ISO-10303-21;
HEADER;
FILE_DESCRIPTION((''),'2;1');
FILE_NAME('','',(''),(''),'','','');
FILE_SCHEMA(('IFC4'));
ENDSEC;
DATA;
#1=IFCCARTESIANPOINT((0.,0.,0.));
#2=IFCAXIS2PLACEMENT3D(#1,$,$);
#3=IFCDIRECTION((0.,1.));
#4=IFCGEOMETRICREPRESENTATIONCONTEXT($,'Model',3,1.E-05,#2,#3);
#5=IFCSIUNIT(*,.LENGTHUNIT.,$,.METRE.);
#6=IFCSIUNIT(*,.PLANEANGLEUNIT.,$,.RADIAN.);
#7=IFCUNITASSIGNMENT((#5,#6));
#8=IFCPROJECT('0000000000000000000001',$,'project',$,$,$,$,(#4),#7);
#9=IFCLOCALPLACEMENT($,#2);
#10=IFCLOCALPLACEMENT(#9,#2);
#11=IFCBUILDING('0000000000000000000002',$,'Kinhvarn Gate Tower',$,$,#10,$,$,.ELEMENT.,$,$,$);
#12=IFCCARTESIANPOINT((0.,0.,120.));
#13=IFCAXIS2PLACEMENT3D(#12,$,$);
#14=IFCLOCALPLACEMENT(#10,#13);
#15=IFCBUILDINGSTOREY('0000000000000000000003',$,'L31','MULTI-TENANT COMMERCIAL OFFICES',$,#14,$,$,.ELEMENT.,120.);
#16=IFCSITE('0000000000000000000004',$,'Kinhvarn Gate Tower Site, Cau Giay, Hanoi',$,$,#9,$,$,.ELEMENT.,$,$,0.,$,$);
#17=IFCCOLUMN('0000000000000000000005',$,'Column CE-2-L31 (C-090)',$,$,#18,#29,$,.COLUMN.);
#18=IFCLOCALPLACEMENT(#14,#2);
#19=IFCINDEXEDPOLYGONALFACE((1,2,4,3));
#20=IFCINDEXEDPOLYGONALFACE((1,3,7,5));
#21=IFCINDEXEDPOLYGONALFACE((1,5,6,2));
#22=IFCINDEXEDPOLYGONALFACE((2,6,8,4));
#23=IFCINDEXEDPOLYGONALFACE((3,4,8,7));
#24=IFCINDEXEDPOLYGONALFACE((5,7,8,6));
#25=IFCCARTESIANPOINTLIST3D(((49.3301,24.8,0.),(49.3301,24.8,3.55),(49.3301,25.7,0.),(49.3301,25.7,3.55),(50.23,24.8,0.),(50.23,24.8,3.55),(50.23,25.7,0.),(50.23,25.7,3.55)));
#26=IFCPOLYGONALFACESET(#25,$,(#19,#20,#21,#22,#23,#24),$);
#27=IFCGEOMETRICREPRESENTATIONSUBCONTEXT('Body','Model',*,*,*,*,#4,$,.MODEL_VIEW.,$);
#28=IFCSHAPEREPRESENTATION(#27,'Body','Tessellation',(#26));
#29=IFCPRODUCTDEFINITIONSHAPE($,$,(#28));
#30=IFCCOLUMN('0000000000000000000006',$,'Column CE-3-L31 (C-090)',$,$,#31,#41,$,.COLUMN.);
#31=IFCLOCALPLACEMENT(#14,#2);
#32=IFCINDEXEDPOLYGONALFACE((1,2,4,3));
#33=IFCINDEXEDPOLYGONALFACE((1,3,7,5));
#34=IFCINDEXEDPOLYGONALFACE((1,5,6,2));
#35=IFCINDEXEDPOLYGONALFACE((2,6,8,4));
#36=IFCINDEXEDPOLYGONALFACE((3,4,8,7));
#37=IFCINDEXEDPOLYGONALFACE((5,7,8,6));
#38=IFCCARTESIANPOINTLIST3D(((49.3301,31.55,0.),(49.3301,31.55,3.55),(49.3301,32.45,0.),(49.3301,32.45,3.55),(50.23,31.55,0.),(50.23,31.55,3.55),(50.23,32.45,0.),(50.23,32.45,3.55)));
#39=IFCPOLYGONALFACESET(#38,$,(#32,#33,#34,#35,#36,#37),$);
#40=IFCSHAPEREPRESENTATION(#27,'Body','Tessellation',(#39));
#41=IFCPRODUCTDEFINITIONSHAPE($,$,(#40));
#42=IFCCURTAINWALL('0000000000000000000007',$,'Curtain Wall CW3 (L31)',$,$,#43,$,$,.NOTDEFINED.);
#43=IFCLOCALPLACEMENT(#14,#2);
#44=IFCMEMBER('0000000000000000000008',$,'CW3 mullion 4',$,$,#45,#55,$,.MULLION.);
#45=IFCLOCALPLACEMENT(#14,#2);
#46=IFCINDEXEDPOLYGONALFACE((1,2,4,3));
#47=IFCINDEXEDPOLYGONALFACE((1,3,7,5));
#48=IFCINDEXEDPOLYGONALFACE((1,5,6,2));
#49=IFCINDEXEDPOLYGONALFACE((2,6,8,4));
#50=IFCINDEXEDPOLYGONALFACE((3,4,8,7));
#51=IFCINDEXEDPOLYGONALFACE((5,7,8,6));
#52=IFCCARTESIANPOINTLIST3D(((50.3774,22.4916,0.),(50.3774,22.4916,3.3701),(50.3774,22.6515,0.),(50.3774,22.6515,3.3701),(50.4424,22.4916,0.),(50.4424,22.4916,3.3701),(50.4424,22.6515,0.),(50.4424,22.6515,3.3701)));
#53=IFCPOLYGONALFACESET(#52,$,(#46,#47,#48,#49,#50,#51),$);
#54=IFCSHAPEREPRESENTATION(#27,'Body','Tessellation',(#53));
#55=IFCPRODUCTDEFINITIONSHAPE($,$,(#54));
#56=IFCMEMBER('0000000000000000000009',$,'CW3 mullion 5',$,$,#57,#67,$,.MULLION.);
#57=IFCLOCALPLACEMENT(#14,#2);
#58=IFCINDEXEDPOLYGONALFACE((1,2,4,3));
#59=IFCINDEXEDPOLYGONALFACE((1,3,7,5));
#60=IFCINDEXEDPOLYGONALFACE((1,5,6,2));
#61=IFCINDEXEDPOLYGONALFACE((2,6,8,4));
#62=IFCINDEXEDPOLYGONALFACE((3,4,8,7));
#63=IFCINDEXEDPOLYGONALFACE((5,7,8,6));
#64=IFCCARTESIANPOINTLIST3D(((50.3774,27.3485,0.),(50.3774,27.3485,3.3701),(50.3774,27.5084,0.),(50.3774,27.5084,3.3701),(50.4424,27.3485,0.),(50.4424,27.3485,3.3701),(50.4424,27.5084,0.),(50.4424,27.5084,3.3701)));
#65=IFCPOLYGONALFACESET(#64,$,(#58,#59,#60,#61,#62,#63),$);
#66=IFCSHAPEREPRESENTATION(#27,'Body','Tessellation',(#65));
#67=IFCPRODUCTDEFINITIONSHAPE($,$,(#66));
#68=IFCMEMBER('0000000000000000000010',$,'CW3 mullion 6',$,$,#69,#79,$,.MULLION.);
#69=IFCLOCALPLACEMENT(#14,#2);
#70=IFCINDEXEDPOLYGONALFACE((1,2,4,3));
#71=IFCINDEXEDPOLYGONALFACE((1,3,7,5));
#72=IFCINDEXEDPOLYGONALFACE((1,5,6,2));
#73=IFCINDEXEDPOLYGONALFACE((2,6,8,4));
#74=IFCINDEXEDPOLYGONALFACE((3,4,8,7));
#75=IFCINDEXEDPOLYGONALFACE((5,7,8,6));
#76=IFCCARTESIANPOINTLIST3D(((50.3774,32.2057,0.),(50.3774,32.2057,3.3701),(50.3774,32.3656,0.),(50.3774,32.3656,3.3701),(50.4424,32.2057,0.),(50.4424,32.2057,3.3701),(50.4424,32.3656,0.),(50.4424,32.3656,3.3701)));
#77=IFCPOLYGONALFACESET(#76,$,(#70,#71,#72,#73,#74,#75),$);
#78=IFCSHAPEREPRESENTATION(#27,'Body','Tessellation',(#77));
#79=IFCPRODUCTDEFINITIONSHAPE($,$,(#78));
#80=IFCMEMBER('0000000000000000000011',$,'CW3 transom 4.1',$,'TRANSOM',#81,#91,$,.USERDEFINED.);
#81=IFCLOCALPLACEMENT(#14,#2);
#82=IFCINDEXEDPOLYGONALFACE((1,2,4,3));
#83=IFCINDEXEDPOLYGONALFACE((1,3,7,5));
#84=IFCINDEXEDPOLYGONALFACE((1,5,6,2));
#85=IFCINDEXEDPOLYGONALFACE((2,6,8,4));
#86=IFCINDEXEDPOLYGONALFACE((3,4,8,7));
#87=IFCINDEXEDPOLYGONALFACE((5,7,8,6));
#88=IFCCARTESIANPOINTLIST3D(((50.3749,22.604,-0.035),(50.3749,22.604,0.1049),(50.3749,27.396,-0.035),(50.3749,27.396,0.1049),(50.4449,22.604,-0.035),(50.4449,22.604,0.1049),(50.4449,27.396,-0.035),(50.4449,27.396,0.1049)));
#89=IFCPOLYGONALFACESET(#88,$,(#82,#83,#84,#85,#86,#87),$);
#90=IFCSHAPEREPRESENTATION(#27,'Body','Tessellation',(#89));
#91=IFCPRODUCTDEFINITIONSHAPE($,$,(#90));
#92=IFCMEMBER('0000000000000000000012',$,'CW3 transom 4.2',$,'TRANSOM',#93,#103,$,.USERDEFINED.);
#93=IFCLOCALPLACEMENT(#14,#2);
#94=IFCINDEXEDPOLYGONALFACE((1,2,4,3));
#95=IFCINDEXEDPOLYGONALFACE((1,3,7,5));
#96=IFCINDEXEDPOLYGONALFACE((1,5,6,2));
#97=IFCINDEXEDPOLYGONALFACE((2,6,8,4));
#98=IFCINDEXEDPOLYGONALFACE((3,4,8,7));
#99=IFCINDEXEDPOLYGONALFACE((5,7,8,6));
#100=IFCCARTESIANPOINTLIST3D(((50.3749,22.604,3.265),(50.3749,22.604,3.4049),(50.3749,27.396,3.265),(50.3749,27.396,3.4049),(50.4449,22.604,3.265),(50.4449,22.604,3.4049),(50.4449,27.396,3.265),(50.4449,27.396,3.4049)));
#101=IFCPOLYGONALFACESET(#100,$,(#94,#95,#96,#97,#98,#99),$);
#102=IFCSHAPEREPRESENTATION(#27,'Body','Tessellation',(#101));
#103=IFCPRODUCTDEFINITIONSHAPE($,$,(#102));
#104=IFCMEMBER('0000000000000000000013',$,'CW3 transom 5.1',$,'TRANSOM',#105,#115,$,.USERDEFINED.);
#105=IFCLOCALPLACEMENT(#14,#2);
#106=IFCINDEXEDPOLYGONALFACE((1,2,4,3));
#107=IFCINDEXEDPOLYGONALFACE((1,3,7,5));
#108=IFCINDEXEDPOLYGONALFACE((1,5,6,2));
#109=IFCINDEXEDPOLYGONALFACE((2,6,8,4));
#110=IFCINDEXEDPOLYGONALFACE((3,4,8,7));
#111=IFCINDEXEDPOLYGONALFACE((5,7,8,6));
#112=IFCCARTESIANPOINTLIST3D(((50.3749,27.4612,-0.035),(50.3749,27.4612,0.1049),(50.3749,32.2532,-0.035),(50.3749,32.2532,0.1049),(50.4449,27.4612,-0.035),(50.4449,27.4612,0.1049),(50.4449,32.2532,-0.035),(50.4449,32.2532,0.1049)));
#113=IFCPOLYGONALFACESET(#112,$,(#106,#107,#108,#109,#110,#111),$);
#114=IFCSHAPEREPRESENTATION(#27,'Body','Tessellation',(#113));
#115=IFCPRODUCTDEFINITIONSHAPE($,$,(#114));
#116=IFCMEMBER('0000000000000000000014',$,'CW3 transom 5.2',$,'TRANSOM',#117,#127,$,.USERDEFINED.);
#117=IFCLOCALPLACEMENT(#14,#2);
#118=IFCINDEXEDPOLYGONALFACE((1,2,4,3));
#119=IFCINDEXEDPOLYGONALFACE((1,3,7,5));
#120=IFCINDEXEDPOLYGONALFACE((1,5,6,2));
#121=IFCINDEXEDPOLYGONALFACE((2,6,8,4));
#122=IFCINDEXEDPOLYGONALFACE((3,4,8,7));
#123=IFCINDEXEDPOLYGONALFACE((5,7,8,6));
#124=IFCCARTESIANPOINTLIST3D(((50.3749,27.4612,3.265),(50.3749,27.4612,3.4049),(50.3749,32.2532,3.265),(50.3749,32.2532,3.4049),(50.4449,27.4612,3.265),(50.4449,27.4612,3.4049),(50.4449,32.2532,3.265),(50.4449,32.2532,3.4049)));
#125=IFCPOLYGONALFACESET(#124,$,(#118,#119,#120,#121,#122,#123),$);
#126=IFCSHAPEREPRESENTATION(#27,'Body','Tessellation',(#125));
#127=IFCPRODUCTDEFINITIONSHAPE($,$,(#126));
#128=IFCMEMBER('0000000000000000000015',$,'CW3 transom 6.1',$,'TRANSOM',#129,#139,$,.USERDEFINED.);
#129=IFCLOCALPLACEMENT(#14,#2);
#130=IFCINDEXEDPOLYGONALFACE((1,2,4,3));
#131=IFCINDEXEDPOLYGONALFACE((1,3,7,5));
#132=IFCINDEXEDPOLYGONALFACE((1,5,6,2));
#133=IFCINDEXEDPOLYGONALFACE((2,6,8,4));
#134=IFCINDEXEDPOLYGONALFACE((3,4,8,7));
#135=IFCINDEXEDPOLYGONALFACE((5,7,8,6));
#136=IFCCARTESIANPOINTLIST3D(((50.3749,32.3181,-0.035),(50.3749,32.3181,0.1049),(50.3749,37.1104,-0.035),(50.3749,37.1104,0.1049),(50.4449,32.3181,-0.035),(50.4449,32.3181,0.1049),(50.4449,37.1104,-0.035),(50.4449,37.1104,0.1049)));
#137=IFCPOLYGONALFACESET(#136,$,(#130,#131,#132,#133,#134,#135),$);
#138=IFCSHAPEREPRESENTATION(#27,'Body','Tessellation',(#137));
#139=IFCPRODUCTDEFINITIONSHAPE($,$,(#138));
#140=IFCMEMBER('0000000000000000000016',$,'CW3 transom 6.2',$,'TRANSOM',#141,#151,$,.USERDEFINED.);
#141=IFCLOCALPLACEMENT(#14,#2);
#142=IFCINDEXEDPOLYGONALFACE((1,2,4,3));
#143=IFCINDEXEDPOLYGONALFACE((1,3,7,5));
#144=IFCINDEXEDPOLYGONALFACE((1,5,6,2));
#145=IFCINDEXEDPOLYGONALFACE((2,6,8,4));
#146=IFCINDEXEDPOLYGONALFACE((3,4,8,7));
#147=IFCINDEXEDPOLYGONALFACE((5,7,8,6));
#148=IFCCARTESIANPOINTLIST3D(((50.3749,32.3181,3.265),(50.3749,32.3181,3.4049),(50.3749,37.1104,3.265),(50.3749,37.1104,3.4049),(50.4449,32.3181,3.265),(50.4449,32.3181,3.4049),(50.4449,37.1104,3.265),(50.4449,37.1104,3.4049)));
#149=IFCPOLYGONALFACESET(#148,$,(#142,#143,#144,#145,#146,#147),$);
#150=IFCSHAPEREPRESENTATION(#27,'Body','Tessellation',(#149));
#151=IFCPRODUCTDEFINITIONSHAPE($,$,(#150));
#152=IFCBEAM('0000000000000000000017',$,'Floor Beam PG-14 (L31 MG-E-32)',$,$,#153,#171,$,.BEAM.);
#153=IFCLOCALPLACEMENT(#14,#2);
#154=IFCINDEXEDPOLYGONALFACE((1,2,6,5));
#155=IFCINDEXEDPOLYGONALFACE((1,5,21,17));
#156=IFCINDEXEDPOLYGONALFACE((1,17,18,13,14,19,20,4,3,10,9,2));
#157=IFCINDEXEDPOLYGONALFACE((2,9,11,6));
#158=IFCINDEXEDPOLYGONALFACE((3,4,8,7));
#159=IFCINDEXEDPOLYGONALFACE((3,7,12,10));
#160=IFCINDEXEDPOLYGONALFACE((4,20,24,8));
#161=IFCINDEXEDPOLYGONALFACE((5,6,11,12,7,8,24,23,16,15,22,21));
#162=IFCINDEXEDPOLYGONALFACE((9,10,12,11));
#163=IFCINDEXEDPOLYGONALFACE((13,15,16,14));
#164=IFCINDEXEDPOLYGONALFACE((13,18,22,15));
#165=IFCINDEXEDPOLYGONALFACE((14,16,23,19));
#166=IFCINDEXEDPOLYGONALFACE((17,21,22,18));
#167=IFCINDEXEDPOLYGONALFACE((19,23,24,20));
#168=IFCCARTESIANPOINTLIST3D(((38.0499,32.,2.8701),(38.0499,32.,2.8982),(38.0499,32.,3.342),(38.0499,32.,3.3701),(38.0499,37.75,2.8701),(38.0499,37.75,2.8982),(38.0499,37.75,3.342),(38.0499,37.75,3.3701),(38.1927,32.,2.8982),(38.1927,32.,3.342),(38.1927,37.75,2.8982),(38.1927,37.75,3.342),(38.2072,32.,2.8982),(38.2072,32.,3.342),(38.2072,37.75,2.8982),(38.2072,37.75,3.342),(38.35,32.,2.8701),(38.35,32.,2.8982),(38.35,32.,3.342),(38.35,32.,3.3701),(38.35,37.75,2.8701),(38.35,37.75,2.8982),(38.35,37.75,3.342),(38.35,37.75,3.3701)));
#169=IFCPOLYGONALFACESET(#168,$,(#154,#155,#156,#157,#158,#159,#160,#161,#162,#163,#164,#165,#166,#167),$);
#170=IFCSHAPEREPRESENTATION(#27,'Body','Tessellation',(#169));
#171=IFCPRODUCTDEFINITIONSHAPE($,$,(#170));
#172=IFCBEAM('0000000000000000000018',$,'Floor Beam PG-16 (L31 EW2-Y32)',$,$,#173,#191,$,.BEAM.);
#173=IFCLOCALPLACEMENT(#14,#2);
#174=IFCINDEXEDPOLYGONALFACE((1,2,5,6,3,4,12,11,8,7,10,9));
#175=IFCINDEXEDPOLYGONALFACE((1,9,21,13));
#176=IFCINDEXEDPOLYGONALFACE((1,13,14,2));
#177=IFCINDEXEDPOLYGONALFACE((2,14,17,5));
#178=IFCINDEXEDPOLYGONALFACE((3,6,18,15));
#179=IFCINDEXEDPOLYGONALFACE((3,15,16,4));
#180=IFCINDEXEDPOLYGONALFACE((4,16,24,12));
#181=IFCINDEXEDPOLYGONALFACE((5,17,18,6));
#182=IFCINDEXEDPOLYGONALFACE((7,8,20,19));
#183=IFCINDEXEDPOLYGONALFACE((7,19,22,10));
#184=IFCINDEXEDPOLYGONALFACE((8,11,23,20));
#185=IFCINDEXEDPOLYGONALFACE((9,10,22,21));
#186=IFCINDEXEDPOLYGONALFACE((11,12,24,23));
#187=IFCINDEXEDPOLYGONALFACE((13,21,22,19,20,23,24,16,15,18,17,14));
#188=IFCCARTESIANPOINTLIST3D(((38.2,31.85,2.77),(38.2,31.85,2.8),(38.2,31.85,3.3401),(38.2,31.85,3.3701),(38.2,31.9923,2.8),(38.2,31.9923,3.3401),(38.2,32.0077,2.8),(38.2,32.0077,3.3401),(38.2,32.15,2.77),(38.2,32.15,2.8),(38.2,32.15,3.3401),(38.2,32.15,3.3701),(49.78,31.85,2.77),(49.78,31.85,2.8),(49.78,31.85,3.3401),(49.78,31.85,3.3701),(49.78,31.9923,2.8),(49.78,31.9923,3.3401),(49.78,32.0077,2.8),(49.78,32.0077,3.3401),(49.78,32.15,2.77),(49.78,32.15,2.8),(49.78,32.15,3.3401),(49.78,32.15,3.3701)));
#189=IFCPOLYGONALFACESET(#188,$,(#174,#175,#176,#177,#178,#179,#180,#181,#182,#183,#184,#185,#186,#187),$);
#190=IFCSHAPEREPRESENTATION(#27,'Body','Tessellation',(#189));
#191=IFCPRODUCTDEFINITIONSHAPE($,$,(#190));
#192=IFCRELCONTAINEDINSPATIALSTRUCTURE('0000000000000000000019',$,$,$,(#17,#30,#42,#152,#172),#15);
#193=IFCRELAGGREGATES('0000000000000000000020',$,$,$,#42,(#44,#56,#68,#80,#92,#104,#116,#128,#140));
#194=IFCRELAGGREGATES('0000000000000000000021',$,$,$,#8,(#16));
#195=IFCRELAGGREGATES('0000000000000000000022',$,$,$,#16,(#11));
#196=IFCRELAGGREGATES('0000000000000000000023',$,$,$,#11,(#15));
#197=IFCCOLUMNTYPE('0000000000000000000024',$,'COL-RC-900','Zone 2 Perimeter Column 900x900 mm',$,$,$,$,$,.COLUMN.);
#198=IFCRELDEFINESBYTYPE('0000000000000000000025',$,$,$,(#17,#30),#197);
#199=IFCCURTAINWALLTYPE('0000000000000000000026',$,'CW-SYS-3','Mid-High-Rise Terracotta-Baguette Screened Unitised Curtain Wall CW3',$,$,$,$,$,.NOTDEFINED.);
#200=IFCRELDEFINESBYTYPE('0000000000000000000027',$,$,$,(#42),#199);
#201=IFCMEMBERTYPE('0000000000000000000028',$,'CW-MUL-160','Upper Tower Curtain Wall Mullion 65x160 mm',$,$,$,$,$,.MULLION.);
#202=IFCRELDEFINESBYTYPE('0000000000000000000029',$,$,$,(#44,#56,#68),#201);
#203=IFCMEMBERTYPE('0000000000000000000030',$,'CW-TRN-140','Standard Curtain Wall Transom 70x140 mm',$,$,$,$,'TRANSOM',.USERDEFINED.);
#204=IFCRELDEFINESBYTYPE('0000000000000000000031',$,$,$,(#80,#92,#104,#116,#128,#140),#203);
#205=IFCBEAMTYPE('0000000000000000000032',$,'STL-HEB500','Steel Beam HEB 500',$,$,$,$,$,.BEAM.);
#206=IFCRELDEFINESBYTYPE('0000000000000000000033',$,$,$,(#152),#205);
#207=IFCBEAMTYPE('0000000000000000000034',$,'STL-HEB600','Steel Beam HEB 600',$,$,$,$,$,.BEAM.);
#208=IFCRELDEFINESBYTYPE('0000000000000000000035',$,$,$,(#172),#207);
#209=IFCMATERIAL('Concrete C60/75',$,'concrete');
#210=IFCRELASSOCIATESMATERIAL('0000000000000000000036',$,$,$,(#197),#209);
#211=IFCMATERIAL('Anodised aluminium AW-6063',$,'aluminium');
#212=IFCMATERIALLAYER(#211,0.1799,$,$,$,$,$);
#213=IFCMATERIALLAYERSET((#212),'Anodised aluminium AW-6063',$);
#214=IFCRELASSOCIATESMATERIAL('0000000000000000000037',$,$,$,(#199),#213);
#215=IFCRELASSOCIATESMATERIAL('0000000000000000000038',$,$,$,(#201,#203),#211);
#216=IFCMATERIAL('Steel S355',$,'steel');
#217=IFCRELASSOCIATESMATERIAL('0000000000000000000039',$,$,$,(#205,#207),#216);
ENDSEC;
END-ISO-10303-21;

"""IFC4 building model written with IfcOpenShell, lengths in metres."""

from ifc_helpers import new_model, si_unit, direction, frame, origin, origin_2d, place, context, subcontext, project, spatial, rectangle, i_section, extrude, material, layer, layer_set, material_profile, profile_set, type_object, element, aggregate, save


model = new_model("IFC4")

# Units and contexts
model_context = context("Model", 3, precision=1e-05, world=origin(), true_north=direction((0.0, 1.0)))
body_context = subcontext(model_context, "Body", "Model", "MODEL_VIEW")
ifc_project = project(units=[si_unit("LENGTHUNIT", "METRE"), si_unit("PLANEANGLEUNIT", "RADIAN")], contexts=[model_context])

# Site, building, storey
site_placement = place(None, origin())
site = spatial("IfcSite", under=ifc_project, at=site_placement, Name="Kinhvarn Gate Tower Site, Cau Giay, Hanoi", CompositionType="ELEMENT", RefElevation=0.0)
building_placement = place(site_placement, origin())
building = spatial("IfcBuilding", under=site, at=building_placement, Name="Kinhvarn Gate Tower", CompositionType="ELEMENT")
storey_placement = place(building_placement, frame((0.0, 0.0, 120.0)))
storey = spatial("IfcBuildingStorey", under=building, at=storey_placement, Name="L31", Description="MULTI-TENANT COMMERCIAL OFFICES", CompositionType="ELEMENT", Elevation=120.0)

# Columns
ifc_material_1 = material(Name="Concrete C60/75", Category="concrete")
ifc_material_profile_1 = material_profile(ifc_material_1, rectangle(XDim=0.8999, YDim=0.8999, at=origin_2d()), Name="RC 900x900")
ifc_profile_set_1 = profile_set([ifc_material_profile_1], Name="Concrete C60/75")
column_type = type_object("IfcColumnType", Name="COL-RC-900", Description="Zone 2 Perimeter Column 900x900 mm", PredefinedType="COLUMN", material=ifc_profile_set_1)
for number, where, z_axis, x_axis, name in (
    (1, (49.78, 25.25, 0.0), (0.0, 0.0, 1.0), (1.0, 0.0, 0.0), "Column CE-2-L31 (C-090)"),
    (2, (49.78, 32.0, 0.0), (0.0, 0.0, 1.0), (1.0, 0.0, 0.0), "Column CE-3-L31 (C-090)"),
):
    element("IfcColumn", number, at=place(storey_placement, frame(where, z_axis=z_axis, x_axis=x_axis)), inside=storey, type_object=column_type, Name=name, PredefinedType="COLUMN", context=body_context, shape_type="SweptSolid", body=[
        extrude(rectangle(XDim=0.8999, YDim=0.8999, at=origin_2d()), origin(), (0.0, 0.0, 1.0), 3.55),
    ])

# Curtain wall, members
ifc_material_2 = material(Name="Anodised aluminium AW-6063", Category="aluminium")
ifc_layer_1 = layer(ifc_material_2, 0.1799)
ifc_layer_set_1 = layer_set([ifc_layer_1], Name="Anodised aluminium AW-6063")
curtain_wall_type = type_object("IfcCurtainWallType", Name="CW-SYS-3", Description="Mid-High-Rise Terracotta-Baguette Screened Unitised Curtain Wall CW3", PredefinedType="NOTDEFINED", material=ifc_layer_set_1)
curtain_wall_placement = place(storey_placement, origin())
curtain_wall = element("IfcCurtainWall", 3, at=curtain_wall_placement, inside=storey, type_object=curtain_wall_type, Name="Curtain Wall CW3 (L31)", PredefinedType="NOTDEFINED")
ifc_material_profile_2 = material_profile(ifc_material_2, rectangle(XDim=0.0649, YDim=0.1599, at=origin_2d()), Name="ALU 65x160")
ifc_profile_set_2 = profile_set([ifc_material_profile_2], Name="Anodised aluminium AW-6063")
member_type_1 = type_object("IfcMemberType", Name="CW-MUL-160", Description="Upper Tower Curtain Wall Mullion 65x160 mm", PredefinedType="MULLION", material=ifc_profile_set_2)
member_1_placement = place(storey_placement, frame((50.4099, 22.5715, 0.0), z_axis=(0.0, 0.0, 1.0), x_axis=(-1.0, 0.0, 0.0)))
member_1 = element("IfcMember", 4, at=member_1_placement, type_object=member_type_1, Name="CW3 mullion 4", PredefinedType="MULLION", context=body_context, shape_type="SweptSolid", body=[
    extrude(rectangle(XDim=0.0649, YDim=0.1599, at=origin_2d()), origin(), (0.0, 0.0, 1.0), 3.3701),
])
member_2_placement = place(storey_placement, frame((50.4099, 27.4285, 0.0), z_axis=(0.0, 0.0, 1.0), x_axis=(-1.0, 0.0, 0.0)))
member_2 = element("IfcMember", 5, at=member_2_placement, type_object=member_type_1, Name="CW3 mullion 5", PredefinedType="MULLION", context=body_context, shape_type="SweptSolid", body=[
    extrude(rectangle(XDim=0.0649, YDim=0.1599, at=origin_2d()), origin(), (0.0, 0.0, 1.0), 3.3701),
])
member_3_placement = place(storey_placement, frame((50.4099, 32.2856, 0.0), z_axis=(0.0, 0.0, 1.0), x_axis=(-1.0, 0.0, 0.0)))
member_3 = element("IfcMember", 6, at=member_3_placement, type_object=member_type_1, Name="CW3 mullion 6", PredefinedType="MULLION", context=body_context, shape_type="SweptSolid", body=[
    extrude(rectangle(XDim=0.0649, YDim=0.1599, at=origin_2d()), origin(), (0.0, 0.0, 1.0), 3.3701),
])
ifc_material_profile_3 = material_profile(ifc_material_2, rectangle(XDim=0.0701, YDim=0.1399, at=origin_2d()), Name="ALU 70x140")
ifc_profile_set_3 = profile_set([ifc_material_profile_3], Name="Anodised aluminium AW-6063")
member_type_2 = type_object("IfcMemberType", Name="CW-TRN-140", Description="Standard Curtain Wall Transom 70x140 mm", ElementType="TRANSOM", PredefinedType="USERDEFINED", material=ifc_profile_set_3)
member_4_placement = place(storey_placement, frame((50.4099, 22.604, 0.0349), z_axis=(0.0, 1.0, 0.0), x_axis=(-1.0, 0.0, 0.0)))
member_4 = element("IfcMember", 7, at=member_4_placement, type_object=member_type_2, Name="CW3 transom 4.1", ObjectType="TRANSOM", PredefinedType="USERDEFINED", context=body_context, shape_type="SweptSolid", body=[
    extrude(rectangle(XDim=0.0701, YDim=0.1399, at=origin_2d()), origin(), (0.0, 0.0, 1.0), 4.792),
])
member_5_placement = place(storey_placement, frame((50.4099, 22.604, 3.335), z_axis=(0.0, 1.0, 0.0), x_axis=(-1.0, 0.0, 0.0)))
member_5 = element("IfcMember", 8, at=member_5_placement, type_object=member_type_2, Name="CW3 transom 4.2", ObjectType="TRANSOM", PredefinedType="USERDEFINED", context=body_context, shape_type="SweptSolid", body=[
    extrude(rectangle(XDim=0.0701, YDim=0.1399, at=origin_2d()), origin(), (0.0, 0.0, 1.0), 4.792),
])
member_6_placement = place(storey_placement, frame((50.4099, 27.4612, 0.0349), z_axis=(0.0, 1.0, 0.0), x_axis=(-1.0, 0.0, 0.0)))
member_6 = element("IfcMember", 9, at=member_6_placement, type_object=member_type_2, Name="CW3 transom 5.1", ObjectType="TRANSOM", PredefinedType="USERDEFINED", context=body_context, shape_type="SweptSolid", body=[
    extrude(rectangle(XDim=0.0701, YDim=0.1399, at=origin_2d()), origin(), (0.0, 0.0, 1.0), 4.792),
])
member_7_placement = place(storey_placement, frame((50.4099, 27.4612, 3.335), z_axis=(0.0, 1.0, 0.0), x_axis=(-1.0, 0.0, 0.0)))
member_7 = element("IfcMember", 10, at=member_7_placement, type_object=member_type_2, Name="CW3 transom 5.2", ObjectType="TRANSOM", PredefinedType="USERDEFINED", context=body_context, shape_type="SweptSolid", body=[
    extrude(rectangle(XDim=0.0701, YDim=0.1399, at=origin_2d()), origin(), (0.0, 0.0, 1.0), 4.792),
])
member_8_placement = place(storey_placement, frame((50.4099, 32.3181, 0.0349), z_axis=(0.0, 1.0, 0.0), x_axis=(-1.0, 0.0, 0.0)))
member_8 = element("IfcMember", 11, at=member_8_placement, type_object=member_type_2, Name="CW3 transom 6.1", ObjectType="TRANSOM", PredefinedType="USERDEFINED", context=body_context, shape_type="SweptSolid", body=[
    extrude(rectangle(XDim=0.0701, YDim=0.1399, at=origin_2d()), origin(), (0.0, 0.0, 1.0), 4.7922),
])
member_9_placement = place(storey_placement, frame((50.4099, 32.3181, 3.335), z_axis=(0.0, 1.0, 0.0), x_axis=(-1.0, 0.0, 0.0)))
member_9 = element("IfcMember", 12, at=member_9_placement, type_object=member_type_2, Name="CW3 transom 6.2", ObjectType="TRANSOM", PredefinedType="USERDEFINED", context=body_context, shape_type="SweptSolid", body=[
    extrude(rectangle(XDim=0.0701, YDim=0.1399, at=origin_2d()), origin(), (0.0, 0.0, 1.0), 4.7922),
])

# Beams
ifc_material_3 = material(Name="Steel S355", Category="steel")
ifc_material_profile_4 = material_profile(ifc_material_3, i_section(OverallWidth=0.3, OverallDepth=0.5, WebThickness=0.0144, FlangeThickness=0.0281, at=origin_2d()), Name="HEB 500")
ifc_profile_set_4 = profile_set([ifc_material_profile_4], Name="Steel S355")
beam_type_1 = type_object("IfcBeamType", Name="STL-HEB500", Description="Steel Beam HEB 500", PredefinedType="BEAM", material=ifc_profile_set_4)
beam_1_placement = place(storey_placement, frame((38.2, 32.0, 3.1201), z_axis=(0.0, 1.0, 0.0), x_axis=(-1.0, 0.0, 0.0)))
element("IfcBeam", 13, at=beam_1_placement, inside=storey, type_object=beam_type_1, Name="Floor Beam PG-14 (L31 MG-E-32)", PredefinedType="BEAM", context=body_context, shape_type="SweptSolid", body=[
    extrude(i_section(OverallWidth=0.3, OverallDepth=0.5, WebThickness=0.0144, FlangeThickness=0.0281, at=origin_2d()), origin(), (0.0, 0.0, 1.0), 5.75),
])
ifc_material_profile_5 = material_profile(ifc_material_3, i_section(OverallWidth=0.3, OverallDepth=0.6001, WebThickness=0.0154, FlangeThickness=0.03, at=origin_2d()), Name="HEB 600")
ifc_profile_set_5 = profile_set([ifc_material_profile_5], Name="Steel S355")
beam_type_2 = type_object("IfcBeamType", Name="STL-HEB600", Description="Steel Beam HEB 600", PredefinedType="BEAM", material=ifc_profile_set_5)
beam_2_placement = place(storey_placement, frame((38.2, 32.0, 3.0701), z_axis=(1.0, 0.0, 0.0), x_axis=(0.0, 1.0, 0.0)))
element("IfcBeam", 14, at=beam_2_placement, inside=storey, type_object=beam_type_2, Name="Floor Beam PG-16 (L31 EW2-Y32)", PredefinedType="BEAM", context=body_context, shape_type="SweptSolid", body=[
    extrude(i_section(OverallWidth=0.3, OverallDepth=0.6001, WebThickness=0.0154, FlangeThickness=0.03, at=origin_2d()), origin(), (0.0, 0.0, 1.0), 11.5801),
])

aggregate(curtain_wall, [member_1, member_2, member_3, member_4, member_5, member_6, member_7, member_8, member_9])

save(model, "model.ifc")
